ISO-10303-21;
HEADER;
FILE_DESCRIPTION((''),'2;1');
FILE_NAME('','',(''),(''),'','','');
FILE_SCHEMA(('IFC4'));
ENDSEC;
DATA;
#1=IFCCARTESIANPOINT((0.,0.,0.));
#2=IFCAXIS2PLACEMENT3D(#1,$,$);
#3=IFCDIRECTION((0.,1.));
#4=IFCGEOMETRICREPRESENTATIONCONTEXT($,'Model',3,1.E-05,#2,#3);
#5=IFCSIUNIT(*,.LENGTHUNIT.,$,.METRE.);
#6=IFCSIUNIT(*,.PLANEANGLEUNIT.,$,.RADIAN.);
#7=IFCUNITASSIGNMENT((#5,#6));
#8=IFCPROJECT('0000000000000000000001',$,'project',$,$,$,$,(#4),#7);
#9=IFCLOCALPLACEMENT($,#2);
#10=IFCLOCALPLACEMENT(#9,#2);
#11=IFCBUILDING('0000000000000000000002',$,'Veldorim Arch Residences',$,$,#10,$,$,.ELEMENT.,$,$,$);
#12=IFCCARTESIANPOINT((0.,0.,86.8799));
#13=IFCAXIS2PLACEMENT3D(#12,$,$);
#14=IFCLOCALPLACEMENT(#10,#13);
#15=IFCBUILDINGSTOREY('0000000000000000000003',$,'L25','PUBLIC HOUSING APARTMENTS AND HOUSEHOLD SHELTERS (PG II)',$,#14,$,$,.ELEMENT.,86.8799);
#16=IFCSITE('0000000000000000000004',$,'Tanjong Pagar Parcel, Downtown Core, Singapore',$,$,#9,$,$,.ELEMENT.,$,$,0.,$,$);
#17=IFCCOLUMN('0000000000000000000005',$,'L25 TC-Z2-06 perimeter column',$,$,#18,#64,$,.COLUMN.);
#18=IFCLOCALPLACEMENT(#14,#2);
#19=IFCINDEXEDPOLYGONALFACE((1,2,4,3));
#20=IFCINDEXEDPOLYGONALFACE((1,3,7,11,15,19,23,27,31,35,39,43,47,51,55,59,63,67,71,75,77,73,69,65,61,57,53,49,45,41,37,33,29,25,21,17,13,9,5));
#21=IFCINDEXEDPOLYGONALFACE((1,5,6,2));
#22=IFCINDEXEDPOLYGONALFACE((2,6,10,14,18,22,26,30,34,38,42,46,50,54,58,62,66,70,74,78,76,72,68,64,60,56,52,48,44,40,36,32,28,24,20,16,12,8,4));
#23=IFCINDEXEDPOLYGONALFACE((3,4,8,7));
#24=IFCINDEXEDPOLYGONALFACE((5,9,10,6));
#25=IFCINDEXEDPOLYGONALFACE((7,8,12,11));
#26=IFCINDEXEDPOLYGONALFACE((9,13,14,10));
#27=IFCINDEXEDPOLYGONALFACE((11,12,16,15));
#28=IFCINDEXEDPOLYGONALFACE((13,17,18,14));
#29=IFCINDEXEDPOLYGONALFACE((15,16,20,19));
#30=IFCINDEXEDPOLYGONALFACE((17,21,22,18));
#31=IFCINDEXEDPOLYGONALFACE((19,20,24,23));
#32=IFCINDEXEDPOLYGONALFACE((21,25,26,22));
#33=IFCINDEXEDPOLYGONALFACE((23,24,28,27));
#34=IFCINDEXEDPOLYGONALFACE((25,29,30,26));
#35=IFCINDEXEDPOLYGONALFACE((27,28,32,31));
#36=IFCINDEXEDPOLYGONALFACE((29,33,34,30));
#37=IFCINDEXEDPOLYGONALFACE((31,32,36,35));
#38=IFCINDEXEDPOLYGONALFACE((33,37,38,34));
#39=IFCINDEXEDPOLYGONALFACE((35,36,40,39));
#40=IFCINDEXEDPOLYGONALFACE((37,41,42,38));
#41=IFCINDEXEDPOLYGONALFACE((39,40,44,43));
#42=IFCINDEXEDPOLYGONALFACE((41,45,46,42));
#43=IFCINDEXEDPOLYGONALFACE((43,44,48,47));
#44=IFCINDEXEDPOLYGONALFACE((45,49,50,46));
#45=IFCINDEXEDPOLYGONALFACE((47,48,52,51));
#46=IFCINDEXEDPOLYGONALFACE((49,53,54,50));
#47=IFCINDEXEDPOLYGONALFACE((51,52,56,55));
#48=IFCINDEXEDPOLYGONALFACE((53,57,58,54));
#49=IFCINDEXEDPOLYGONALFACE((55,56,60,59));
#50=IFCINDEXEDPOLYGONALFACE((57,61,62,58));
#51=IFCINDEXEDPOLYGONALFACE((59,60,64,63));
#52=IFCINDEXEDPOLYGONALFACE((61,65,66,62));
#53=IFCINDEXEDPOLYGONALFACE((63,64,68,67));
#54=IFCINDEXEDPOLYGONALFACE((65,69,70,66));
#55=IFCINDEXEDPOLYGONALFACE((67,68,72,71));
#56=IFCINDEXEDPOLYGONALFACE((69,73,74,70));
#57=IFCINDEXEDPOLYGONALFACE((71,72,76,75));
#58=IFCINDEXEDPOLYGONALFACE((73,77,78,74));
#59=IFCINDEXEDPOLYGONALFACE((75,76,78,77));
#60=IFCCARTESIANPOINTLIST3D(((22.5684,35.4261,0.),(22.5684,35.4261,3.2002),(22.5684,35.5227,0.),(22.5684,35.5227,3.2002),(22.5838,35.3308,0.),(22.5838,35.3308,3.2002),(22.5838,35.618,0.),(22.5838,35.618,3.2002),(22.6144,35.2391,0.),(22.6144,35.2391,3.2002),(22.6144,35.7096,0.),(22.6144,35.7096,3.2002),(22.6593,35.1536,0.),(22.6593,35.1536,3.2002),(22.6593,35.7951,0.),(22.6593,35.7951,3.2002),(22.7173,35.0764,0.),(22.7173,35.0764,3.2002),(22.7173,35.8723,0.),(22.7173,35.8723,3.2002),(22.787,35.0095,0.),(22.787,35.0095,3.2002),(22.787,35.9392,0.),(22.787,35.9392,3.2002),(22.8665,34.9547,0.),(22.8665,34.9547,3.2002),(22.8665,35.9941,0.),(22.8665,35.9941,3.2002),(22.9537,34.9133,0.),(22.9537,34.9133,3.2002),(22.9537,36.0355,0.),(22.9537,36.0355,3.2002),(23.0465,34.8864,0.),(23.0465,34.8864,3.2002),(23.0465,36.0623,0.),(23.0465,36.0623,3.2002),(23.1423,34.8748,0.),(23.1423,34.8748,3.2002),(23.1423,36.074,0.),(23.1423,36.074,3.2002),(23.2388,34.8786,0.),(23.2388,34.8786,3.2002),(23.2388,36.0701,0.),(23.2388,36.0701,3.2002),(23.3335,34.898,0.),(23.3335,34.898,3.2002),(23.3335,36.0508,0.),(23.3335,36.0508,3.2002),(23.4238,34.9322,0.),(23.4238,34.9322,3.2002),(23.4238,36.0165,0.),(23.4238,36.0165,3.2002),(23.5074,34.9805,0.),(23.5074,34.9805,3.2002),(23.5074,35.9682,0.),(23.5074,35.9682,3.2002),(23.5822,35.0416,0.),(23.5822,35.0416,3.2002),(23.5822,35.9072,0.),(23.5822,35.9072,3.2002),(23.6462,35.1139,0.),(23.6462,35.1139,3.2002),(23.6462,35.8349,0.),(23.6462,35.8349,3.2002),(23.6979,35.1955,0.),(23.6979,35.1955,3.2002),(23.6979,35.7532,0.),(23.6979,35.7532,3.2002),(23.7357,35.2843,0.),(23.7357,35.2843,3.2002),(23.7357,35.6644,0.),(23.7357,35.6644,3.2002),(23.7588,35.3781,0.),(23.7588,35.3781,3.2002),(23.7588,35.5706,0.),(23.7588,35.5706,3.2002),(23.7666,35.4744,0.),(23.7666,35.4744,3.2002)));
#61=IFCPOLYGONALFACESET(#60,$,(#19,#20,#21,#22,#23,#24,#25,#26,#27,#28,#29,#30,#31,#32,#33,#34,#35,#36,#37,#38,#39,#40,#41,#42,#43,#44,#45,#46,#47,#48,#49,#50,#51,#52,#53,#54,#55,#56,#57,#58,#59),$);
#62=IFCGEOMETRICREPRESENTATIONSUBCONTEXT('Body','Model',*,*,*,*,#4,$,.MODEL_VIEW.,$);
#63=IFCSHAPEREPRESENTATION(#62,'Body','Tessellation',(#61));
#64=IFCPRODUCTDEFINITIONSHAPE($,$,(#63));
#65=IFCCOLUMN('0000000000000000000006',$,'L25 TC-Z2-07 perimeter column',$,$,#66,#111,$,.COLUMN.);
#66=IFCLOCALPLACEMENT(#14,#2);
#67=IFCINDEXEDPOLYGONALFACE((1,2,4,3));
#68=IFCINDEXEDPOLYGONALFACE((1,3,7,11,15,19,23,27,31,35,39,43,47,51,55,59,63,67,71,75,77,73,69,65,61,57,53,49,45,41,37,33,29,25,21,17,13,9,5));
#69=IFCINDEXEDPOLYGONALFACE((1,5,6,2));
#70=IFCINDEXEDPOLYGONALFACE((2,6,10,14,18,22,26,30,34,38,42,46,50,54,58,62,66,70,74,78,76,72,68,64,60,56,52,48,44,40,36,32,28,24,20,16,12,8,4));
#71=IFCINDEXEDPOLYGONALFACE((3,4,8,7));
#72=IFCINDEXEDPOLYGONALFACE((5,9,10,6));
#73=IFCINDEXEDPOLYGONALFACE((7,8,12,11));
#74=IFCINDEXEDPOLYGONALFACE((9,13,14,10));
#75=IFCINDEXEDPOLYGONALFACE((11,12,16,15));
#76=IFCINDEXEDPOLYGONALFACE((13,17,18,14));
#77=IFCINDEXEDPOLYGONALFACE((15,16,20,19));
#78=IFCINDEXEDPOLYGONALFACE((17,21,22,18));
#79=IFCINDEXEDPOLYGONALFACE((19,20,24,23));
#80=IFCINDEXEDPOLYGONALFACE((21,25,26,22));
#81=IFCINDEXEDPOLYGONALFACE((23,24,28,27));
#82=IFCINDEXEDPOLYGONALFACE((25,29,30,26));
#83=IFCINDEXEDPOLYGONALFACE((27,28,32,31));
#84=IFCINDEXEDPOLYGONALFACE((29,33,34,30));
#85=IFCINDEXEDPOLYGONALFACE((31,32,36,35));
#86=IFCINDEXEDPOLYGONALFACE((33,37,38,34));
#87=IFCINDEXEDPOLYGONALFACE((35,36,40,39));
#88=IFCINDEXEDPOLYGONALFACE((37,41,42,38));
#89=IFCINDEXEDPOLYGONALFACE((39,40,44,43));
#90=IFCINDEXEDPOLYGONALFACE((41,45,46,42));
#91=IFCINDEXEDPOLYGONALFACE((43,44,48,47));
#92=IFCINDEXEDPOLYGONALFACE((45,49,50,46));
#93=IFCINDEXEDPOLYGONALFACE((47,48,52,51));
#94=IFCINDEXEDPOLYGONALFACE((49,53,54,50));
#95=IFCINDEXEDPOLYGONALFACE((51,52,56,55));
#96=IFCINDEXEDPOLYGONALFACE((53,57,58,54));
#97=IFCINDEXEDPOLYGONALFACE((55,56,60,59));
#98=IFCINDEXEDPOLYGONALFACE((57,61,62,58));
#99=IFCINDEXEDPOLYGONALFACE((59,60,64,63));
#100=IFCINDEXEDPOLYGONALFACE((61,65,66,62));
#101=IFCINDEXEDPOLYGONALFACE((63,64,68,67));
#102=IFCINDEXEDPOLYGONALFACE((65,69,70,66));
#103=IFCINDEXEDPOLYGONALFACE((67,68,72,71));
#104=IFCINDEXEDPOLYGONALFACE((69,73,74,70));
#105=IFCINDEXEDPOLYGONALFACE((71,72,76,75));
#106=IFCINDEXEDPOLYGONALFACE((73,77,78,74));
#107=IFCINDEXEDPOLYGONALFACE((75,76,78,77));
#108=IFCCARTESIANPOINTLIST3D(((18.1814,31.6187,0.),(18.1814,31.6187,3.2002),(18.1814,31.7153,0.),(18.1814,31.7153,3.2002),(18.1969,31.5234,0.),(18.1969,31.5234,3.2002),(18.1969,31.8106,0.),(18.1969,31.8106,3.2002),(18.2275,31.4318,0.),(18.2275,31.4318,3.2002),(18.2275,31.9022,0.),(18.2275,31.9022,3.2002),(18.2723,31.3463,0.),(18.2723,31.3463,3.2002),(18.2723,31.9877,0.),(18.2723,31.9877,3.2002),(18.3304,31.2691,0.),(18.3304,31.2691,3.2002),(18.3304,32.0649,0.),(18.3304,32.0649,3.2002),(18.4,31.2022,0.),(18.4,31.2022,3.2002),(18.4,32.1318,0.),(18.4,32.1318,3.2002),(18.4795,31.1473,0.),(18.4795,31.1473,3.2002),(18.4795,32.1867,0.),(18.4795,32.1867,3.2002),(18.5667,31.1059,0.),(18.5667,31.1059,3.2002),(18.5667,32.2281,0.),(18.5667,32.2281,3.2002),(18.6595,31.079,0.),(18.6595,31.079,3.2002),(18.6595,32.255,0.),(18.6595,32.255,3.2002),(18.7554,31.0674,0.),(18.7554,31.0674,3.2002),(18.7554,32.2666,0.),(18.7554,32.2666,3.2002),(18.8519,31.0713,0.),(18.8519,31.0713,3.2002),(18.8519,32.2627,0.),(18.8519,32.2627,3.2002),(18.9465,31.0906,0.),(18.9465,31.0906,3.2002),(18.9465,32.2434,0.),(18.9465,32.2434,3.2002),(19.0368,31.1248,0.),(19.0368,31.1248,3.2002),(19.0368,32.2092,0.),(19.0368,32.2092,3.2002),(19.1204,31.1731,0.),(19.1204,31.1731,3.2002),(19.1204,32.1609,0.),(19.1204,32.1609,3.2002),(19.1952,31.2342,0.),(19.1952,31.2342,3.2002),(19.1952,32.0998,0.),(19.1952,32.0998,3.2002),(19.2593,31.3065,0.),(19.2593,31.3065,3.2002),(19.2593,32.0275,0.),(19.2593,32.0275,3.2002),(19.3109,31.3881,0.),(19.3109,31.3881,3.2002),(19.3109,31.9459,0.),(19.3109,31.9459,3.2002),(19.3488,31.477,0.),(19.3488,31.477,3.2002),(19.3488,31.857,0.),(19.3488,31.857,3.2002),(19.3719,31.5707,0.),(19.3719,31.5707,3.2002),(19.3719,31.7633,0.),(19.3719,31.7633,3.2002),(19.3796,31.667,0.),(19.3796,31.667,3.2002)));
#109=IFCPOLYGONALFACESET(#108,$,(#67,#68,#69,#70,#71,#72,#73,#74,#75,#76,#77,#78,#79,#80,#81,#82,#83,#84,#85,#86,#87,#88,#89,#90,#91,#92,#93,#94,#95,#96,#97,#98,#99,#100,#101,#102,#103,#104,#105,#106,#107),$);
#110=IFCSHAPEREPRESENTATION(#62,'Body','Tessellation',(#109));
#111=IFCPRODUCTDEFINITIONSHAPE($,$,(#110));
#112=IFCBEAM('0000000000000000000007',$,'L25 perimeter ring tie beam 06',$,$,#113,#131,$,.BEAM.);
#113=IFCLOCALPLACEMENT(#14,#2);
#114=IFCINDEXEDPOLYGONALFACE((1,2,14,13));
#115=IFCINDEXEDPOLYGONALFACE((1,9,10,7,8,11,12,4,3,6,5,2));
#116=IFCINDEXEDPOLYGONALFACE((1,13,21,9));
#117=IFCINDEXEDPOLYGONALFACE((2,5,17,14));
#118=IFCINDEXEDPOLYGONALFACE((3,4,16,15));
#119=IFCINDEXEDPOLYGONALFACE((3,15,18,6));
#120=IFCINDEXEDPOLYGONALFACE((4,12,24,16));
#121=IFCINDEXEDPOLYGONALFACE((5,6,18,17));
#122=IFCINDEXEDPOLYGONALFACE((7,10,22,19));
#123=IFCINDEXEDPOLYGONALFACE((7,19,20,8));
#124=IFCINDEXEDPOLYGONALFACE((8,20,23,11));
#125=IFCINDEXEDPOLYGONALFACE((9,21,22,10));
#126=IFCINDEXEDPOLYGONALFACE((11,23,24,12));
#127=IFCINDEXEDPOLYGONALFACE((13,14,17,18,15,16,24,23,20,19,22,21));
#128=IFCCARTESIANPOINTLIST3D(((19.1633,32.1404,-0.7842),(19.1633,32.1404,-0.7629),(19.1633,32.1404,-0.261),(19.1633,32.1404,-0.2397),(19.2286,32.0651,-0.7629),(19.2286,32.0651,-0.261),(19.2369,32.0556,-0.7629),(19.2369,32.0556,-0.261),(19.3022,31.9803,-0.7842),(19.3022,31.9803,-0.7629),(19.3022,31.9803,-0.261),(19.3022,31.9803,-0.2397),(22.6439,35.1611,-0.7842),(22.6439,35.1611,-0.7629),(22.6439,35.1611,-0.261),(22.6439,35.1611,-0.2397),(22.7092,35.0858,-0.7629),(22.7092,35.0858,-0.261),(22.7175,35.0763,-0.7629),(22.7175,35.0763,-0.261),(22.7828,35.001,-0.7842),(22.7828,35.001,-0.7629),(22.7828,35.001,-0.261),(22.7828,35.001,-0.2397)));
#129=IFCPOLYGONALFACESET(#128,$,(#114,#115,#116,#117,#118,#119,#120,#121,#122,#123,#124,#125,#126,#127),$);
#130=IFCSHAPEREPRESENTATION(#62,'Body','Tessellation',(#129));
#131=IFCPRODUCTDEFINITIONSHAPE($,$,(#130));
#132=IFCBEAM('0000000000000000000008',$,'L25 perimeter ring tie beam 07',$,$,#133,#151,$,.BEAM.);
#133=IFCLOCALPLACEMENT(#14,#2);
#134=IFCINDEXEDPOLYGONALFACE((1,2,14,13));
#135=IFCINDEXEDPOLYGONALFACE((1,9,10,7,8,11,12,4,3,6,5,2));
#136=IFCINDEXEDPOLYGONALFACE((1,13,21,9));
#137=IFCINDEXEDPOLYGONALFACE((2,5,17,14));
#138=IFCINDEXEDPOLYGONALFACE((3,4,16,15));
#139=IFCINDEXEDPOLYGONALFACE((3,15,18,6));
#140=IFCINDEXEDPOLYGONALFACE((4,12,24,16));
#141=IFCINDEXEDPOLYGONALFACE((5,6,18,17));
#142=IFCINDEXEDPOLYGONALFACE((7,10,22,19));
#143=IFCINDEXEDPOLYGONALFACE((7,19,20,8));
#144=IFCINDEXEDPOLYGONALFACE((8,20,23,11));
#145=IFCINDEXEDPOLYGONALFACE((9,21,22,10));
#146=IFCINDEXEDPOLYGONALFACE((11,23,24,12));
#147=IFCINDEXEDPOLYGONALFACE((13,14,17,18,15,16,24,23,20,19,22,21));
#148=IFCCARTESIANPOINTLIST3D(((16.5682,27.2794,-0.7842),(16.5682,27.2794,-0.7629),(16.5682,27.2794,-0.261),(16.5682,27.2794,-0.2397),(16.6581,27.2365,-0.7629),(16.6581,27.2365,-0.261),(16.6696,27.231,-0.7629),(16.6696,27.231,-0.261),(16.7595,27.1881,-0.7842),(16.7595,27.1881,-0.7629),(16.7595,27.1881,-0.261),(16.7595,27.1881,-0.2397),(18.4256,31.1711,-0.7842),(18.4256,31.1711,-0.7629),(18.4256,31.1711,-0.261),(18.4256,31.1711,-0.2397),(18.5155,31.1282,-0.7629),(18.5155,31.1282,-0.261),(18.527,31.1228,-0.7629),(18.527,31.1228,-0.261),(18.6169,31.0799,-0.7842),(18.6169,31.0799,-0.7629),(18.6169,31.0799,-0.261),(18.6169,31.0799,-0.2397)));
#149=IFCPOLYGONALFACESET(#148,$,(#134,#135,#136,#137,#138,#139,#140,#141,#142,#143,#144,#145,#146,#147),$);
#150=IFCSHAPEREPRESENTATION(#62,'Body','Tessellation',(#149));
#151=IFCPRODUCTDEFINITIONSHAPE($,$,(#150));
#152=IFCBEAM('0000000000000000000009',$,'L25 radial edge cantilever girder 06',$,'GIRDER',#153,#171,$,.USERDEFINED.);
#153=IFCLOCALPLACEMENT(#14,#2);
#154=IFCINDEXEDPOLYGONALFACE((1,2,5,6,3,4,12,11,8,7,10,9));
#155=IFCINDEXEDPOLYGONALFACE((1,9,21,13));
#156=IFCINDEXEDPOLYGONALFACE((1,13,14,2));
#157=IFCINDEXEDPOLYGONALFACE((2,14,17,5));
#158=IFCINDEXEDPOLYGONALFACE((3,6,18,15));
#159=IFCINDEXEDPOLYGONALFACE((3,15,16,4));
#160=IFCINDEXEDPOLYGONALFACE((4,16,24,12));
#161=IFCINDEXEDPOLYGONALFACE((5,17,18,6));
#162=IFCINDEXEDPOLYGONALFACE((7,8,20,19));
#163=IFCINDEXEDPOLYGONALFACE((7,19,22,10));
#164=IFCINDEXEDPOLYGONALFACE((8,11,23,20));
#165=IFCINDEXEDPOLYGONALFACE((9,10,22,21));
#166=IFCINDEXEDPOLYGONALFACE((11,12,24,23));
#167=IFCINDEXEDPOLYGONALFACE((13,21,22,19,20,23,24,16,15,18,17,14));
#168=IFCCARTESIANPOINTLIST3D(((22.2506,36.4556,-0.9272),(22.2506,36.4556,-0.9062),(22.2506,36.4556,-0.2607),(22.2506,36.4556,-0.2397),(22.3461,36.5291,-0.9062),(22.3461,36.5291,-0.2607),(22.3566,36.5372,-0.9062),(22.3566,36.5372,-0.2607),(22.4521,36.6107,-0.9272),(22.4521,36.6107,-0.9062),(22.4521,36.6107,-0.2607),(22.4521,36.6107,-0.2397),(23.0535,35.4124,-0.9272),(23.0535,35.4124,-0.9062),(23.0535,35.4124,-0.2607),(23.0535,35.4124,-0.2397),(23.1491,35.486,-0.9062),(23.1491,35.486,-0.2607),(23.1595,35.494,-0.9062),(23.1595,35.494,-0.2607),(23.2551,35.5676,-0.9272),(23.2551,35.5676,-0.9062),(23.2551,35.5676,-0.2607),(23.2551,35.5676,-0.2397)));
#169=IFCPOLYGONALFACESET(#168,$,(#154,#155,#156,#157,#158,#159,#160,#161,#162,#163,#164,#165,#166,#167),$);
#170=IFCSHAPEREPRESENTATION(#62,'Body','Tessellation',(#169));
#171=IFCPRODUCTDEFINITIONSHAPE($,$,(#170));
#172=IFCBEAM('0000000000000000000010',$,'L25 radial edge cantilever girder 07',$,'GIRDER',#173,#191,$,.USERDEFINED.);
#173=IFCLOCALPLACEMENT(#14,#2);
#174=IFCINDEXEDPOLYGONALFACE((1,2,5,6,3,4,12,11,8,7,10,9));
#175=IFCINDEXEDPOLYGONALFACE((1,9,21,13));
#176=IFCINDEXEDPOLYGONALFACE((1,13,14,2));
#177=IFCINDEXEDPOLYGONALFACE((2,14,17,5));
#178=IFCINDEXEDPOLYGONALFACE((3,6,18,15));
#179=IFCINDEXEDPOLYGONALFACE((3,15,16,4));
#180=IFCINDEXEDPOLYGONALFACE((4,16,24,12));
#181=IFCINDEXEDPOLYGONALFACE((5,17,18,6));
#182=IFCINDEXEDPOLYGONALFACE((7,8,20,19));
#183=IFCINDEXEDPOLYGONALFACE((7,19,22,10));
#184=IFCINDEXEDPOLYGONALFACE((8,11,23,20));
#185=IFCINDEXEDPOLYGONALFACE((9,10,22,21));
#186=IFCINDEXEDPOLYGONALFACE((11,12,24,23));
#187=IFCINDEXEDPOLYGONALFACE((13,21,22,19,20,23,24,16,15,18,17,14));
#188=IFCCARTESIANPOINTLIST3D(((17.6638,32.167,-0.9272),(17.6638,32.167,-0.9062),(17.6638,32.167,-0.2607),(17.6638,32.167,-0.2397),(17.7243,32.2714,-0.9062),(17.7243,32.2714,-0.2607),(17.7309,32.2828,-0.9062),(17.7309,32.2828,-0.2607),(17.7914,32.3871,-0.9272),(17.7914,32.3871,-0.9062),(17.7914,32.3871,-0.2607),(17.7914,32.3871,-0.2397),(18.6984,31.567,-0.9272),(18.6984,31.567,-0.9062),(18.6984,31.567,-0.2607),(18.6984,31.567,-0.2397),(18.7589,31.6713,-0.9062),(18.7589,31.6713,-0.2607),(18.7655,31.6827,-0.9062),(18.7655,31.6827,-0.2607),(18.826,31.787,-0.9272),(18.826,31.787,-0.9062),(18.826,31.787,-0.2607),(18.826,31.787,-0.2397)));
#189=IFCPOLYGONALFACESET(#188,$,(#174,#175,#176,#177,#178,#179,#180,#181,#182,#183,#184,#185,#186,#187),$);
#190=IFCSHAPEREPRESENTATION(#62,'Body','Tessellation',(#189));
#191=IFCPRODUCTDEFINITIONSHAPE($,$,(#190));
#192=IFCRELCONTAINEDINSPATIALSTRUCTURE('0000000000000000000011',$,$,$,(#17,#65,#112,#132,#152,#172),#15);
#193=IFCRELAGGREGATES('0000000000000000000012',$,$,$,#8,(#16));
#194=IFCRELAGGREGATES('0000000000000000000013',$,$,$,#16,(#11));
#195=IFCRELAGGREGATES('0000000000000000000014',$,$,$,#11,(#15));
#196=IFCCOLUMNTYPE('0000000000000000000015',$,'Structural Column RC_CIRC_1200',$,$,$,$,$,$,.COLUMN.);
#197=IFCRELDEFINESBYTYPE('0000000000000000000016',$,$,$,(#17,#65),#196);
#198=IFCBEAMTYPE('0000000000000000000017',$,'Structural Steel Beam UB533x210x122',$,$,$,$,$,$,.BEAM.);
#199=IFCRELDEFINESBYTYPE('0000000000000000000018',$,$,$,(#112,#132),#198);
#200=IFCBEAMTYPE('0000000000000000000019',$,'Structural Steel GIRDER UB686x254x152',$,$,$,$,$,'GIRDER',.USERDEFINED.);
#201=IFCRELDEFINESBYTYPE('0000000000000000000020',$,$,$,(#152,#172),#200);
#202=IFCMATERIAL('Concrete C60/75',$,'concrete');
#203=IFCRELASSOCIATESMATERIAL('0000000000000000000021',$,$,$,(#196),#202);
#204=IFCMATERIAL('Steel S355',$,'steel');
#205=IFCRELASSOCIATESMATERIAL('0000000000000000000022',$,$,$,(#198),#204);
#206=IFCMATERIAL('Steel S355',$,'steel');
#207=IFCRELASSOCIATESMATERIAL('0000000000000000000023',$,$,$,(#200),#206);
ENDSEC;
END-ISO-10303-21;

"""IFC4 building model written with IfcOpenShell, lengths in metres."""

from ifc_helpers import new_model, si_unit, direction, frame, origin, origin_2d, place, context, subcontext, project, spatial, circle, i_section, extrude, material, material_profile, profile_set, type_object, element, save


model = new_model("IFC4")

# Units and contexts
model_context = context("Model", 3, precision=1e-05, world=origin(), true_north=direction((0.0, 1.0)))
body_context = subcontext(model_context, "Body", "Model", "MODEL_VIEW")
ifc_project = project(units=[si_unit("LENGTHUNIT", "METRE"), si_unit("PLANEANGLEUNIT", "RADIAN")], contexts=[model_context])

# Site, building, storey
site_placement = place(None, origin())
site = spatial("IfcSite", under=ifc_project, at=site_placement, Name="Tanjong Pagar Parcel, Downtown Core, Singapore", CompositionType="ELEMENT", RefElevation=0.0)
building_placement = place(site_placement, origin())
building = spatial("IfcBuilding", under=site, at=building_placement, Name="Veldorim Arch Residences", CompositionType="ELEMENT")
storey_placement = place(building_placement, frame((0.0, 0.0, 86.8799)))
storey = spatial("IfcBuildingStorey", under=building, at=storey_placement, Name="L25", Description="PUBLIC HOUSING APARTMENTS AND HOUSEHOLD SHELTERS (PG II)", CompositionType="ELEMENT", Elevation=86.8799)

# Columns
ifc_material_1 = material(Name="Concrete C60/75", Category="concrete")
ifc_material_profile_1 = material_profile(ifc_material_1, circle(Radius=0.6001, at=origin_2d()), Name="RC_CIRC_1200")
ifc_profile_set_1 = profile_set([ifc_material_profile_1], Name="Concrete C60/75")
column_type = type_object("IfcColumnType", Name="Structural Column RC_CIRC_1200", PredefinedType="COLUMN", material=ifc_profile_set_1)
for number, where, z_axis, x_axis, name in (
    (1, (23.1665, 35.4744, 0.0), (0.0, 0.0, 1.0), (1.0, 0.0, 0.0), "L25 TC-Z2-06 perimeter column"),
    (2, (18.7795, 31.667, 0.0), (0.0, 0.0, 1.0), (1.0, 0.0, 0.0), "L25 TC-Z2-07 perimeter column"),
):
    element("IfcColumn", number, at=place(storey_placement, frame(where, z_axis=z_axis, x_axis=x_axis)), inside=storey, type_object=column_type, Name=name, PredefinedType="COLUMN", context=body_context, shape_type="SweptSolid", body=[
        extrude(circle(Radius=0.6001, at=origin_2d()), origin(), (0.0, 0.0, 1.0), 3.2002),
    ])

# Beams
ifc_material_2 = material(Name="Steel S355", Category="steel")
ifc_material_profile_2 = material_profile(ifc_material_2, i_section(OverallWidth=0.2119, OverallDepth=0.5444, WebThickness=0.0127, FlangeThickness=0.0212, at=origin_2d()), Name="UB533x210x122")
ifc_profile_set_2 = profile_set([ifc_material_profile_2], Name="Steel S355")
beam_type_1 = type_object("IfcBeamType", Name="Structural Steel Beam UB533x210x122", PredefinedType="BEAM", material=ifc_profile_set_2)
beam_1_placement = place(storey_placement, frame((22.7134, 35.0811, -0.512), z_axis=(-0.755245, -0.655443, 0.0), x_axis=(0.655443, -0.755245, 0.0)))
element("IfcBeam", 3, at=beam_1_placement, inside=storey, type_object=beam_type_1, Name="L25 perimeter ring tie beam 06", PredefinedType="BEAM", context=body_context, shape_type="SweptSolid", body=[
    extrude(i_section(OverallWidth=0.2119, OverallDepth=0.5444, WebThickness=0.0127, FlangeThickness=0.0212, at=origin_2d()), origin(), (0.0, 0.0, 1.0), 4.6086),
])
beam_2_placement = place(storey_placement, frame((18.5212, 31.1255, -0.512), z_axis=(-0.43072, -0.902486, 0.0), x_axis=(0.902486, -0.43072, 0.0)))
element("IfcBeam", 4, at=beam_2_placement, inside=storey, type_object=beam_type_1, Name="L25 perimeter ring tie beam 07", PredefinedType="BEAM", context=body_context, shape_type="SweptSolid", body=[
    extrude(i_section(OverallWidth=0.2119, OverallDepth=0.5444, WebThickness=0.0127, FlangeThickness=0.0212, at=origin_2d()), origin(), (0.0, 0.0, 1.0), 4.3123),
])
ifc_material_3 = material(Name="Steel S355", Category="steel")
ifc_material_profile_3 = material_profile(ifc_material_3, i_section(OverallWidth=0.2544, OverallDepth=0.6875, WebThickness=0.0132, FlangeThickness=0.021, at=origin_2d()), Name="UB686x254x152")
ifc_profile_set_3 = profile_set([ifc_material_profile_3], Name="Steel S355")
beam_type_2 = type_object("IfcBeamType", Name="Structural Steel GIRDER UB686x254x152", ElementType="GIRDER", PredefinedType="USERDEFINED", material=ifc_profile_set_3)
beam_3_placement = place(storey_placement, frame((23.1543, 35.49, -0.5835), z_axis=(-0.609953, 0.792438, 0.0), x_axis=(-0.792438, -0.609953, 0.0)))
element("IfcBeam", 5, at=beam_3_placement, inside=storey, type_object=beam_type_2, Name="L25 radial edge cantilever girder 06", ObjectType="GIRDER", PredefinedType="USERDEFINED", context=body_context, shape_type="SweptSolid", body=[
    extrude(i_section(OverallWidth=0.2544, OverallDepth=0.6875, WebThickness=0.0132, FlangeThickness=0.021, at=origin_2d()), origin(), (0.0, 0.0, 1.0), 1.3164),
])
beam_4_placement = place(storey_placement, frame((18.7622, 31.677, -0.5835), z_axis=(-0.865035, 0.501712, 0.0), x_axis=(-0.501712, -0.865035, 0.0)))
element("IfcBeam", 6, at=beam_4_placement, inside=storey, type_object=beam_type_2, Name="L25 radial edge cantilever girder 07", ObjectType="GIRDER", PredefinedType="USERDEFINED", context=body_context, shape_type="SweptSolid", body=[
    extrude(i_section(OverallWidth=0.2544, OverallDepth=0.6875, WebThickness=0.0132, FlangeThickness=0.021, at=origin_2d()), origin(), (0.0, 0.0, 1.0), 1.196),
])

save(model, "model.ifc")
